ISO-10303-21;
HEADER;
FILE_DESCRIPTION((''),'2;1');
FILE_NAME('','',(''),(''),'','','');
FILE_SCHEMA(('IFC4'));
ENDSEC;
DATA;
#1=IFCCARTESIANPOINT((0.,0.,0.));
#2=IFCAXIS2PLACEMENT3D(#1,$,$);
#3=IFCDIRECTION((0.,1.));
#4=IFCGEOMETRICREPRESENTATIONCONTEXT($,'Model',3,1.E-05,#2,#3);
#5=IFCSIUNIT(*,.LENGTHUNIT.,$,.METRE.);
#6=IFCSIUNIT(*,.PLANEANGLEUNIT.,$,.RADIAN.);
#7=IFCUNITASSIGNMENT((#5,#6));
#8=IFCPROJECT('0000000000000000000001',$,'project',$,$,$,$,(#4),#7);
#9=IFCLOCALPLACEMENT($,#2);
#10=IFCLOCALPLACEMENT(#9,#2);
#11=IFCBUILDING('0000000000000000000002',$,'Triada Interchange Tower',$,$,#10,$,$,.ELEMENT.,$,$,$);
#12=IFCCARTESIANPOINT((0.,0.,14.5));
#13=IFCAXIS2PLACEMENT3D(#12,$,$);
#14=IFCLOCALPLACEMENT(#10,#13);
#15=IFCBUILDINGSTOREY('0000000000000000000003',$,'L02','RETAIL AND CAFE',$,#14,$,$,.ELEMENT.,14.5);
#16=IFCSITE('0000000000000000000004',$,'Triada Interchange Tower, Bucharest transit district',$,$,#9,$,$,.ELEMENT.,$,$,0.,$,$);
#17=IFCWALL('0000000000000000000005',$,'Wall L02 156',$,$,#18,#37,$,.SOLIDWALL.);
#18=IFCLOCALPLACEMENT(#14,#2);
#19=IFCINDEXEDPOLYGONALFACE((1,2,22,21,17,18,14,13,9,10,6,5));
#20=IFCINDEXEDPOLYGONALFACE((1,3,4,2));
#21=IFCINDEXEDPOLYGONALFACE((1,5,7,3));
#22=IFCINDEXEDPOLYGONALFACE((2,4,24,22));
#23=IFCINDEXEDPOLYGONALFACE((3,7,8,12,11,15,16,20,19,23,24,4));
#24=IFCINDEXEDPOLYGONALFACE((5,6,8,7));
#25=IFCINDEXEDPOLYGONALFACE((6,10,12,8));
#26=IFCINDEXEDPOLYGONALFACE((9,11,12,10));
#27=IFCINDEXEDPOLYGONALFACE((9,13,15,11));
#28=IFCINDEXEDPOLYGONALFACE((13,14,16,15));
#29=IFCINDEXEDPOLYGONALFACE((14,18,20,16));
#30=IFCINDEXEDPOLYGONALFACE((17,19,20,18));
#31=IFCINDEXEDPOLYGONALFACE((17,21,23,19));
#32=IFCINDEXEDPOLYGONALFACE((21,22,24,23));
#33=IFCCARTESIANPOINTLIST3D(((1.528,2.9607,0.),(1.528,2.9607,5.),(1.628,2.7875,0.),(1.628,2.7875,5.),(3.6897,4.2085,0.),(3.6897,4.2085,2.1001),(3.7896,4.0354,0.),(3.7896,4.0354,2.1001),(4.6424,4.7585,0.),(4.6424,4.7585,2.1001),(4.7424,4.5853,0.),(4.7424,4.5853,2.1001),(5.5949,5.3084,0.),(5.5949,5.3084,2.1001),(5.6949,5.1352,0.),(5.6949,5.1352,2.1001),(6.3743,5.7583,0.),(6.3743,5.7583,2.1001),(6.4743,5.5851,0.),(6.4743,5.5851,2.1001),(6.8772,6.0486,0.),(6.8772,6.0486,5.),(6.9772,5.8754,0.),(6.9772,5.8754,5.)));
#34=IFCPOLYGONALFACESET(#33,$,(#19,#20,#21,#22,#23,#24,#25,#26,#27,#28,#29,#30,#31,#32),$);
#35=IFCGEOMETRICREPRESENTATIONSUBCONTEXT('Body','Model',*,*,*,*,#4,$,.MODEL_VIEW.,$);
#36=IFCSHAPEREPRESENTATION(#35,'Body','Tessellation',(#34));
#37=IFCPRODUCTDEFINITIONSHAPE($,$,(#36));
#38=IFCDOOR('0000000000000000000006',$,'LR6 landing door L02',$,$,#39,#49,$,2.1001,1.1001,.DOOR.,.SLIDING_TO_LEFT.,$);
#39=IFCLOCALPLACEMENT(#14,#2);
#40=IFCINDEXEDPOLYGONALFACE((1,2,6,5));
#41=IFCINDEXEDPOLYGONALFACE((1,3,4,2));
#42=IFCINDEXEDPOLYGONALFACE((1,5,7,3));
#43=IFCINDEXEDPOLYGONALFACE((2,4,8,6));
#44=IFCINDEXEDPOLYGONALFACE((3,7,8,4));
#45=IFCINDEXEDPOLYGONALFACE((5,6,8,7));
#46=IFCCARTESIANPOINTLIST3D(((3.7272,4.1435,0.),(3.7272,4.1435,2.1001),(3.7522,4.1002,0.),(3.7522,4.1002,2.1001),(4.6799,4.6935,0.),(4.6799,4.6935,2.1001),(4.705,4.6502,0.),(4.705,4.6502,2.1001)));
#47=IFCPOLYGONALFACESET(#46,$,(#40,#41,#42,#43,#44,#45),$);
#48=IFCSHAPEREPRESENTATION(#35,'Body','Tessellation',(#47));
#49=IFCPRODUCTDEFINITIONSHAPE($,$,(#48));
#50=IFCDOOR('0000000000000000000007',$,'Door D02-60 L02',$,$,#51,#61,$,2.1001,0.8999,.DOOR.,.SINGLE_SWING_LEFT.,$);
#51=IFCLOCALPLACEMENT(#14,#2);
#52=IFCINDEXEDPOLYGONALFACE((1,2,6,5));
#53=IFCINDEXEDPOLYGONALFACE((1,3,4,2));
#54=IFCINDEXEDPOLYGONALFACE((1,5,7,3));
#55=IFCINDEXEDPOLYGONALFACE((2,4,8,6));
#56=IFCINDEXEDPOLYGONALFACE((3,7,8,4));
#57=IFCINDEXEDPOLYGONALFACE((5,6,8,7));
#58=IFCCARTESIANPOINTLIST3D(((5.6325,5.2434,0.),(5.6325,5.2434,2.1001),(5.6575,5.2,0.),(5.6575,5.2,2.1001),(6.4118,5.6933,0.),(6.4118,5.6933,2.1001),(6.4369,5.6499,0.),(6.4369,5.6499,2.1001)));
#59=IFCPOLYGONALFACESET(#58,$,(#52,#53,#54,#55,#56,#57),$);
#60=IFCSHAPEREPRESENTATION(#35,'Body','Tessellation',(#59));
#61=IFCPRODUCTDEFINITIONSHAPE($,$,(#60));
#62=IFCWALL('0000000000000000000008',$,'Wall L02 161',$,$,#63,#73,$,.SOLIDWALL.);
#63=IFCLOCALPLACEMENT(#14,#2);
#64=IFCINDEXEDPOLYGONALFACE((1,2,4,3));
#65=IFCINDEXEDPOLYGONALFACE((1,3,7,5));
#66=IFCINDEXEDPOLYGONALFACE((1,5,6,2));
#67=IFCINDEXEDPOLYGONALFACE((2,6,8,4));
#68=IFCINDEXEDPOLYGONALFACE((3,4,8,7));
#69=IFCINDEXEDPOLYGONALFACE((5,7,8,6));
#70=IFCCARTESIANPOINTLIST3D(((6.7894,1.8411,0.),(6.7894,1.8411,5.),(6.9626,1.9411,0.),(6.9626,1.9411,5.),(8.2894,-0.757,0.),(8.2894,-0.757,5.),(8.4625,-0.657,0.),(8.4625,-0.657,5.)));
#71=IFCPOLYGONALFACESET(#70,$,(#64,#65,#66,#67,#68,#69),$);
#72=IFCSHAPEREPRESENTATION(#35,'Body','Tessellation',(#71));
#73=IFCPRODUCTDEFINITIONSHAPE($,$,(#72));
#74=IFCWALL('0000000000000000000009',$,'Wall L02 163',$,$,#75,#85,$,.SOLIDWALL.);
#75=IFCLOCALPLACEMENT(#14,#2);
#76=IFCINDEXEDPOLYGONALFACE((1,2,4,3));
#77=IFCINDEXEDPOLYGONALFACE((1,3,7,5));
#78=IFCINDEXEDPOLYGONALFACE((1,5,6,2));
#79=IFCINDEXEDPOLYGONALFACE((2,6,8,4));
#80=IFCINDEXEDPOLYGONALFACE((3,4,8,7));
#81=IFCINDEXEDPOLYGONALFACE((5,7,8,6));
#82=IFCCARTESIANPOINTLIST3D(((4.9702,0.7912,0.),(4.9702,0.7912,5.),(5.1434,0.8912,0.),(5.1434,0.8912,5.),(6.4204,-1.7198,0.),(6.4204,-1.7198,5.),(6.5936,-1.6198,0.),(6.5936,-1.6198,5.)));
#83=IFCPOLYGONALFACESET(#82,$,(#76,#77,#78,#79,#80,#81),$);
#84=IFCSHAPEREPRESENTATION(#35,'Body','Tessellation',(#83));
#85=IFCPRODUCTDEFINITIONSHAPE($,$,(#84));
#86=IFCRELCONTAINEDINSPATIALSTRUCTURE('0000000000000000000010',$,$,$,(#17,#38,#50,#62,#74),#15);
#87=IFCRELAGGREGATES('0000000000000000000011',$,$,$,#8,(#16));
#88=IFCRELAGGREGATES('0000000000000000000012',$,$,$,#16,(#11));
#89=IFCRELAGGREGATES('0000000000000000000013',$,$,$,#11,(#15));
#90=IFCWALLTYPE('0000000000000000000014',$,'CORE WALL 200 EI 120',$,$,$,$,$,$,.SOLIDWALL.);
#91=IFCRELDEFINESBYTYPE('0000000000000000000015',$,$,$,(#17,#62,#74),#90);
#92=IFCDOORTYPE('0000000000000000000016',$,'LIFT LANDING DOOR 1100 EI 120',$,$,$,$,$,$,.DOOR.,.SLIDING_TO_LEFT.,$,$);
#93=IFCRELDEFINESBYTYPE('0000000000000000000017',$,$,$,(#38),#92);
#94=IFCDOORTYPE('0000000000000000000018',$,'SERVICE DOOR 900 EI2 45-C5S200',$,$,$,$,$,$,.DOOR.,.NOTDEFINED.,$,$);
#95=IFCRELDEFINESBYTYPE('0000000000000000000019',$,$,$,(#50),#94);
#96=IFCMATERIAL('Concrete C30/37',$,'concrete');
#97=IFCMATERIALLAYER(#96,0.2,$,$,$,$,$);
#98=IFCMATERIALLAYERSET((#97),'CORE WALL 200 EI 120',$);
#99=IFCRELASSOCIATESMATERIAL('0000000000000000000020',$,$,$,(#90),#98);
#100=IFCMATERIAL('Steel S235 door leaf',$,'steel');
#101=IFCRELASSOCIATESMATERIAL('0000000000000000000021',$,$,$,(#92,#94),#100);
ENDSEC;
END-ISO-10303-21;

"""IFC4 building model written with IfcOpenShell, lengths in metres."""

from ifc_helpers import new_model, si_unit, direction, frame, frame_2d, origin, place, context, subcontext, project, spatial, rectangle, extrude, material, layer, layer_set, type_object, element, fill, save


model = new_model("IFC4")

# Units and contexts
model_context = context("Model", 3, precision=1e-05, world=origin(), true_north=direction((0.0, 1.0)))
body_context = subcontext(model_context, "Body", "Model", "MODEL_VIEW")
ifc_project = project(units=[si_unit("LENGTHUNIT", "METRE"), si_unit("PLANEANGLEUNIT", "RADIAN")], contexts=[model_context])

# Site, building, storey
site_placement = place(None, origin())
site = spatial("IfcSite", under=ifc_project, at=site_placement, Name="Triada Interchange Tower, Bucharest transit district", CompositionType="ELEMENT", RefElevation=0.0)
building_placement = place(site_placement, origin())
building = spatial("IfcBuilding", under=site, at=building_placement, Name="Triada Interchange Tower", CompositionType="ELEMENT")
storey_placement = place(building_placement, frame((0.0, 0.0, 14.5)))
storey = spatial("IfcBuildingStorey", under=building, at=storey_placement, Name="L02", Description="RETAIL AND CAFE", CompositionType="ELEMENT", Elevation=14.5)

# Wall, openings, doors
ifc_material_1 = material(Name="Concrete C30/37", Category="concrete")
ifc_layer_1 = layer(ifc_material_1, 0.2)
ifc_layer_set_1 = layer_set([ifc_layer_1], Name="CORE WALL 200 EI 120")
wall_type = type_object("IfcWallType", Name="CORE WALL 200 EI 120", PredefinedType="SOLIDWALL", material=ifc_layer_set_1)
wall_1_placement = place(storey_placement, frame((1.5779, 2.874, 0.0), z_axis=(0.0, 0.0, 1.0), x_axis=(0.866055, 0.499948, 0.0)))
wall_1 = element("IfcWall", 1, at=wall_1_placement, inside=storey, type_object=wall_type, Name="Wall L02 156", PredefinedType="SOLIDWALL", context=body_context, shape_type="SweptSolid", body=[
    extrude(rectangle(XDim=6.1765, YDim=0.2, at=frame_2d((3.0884, 0.0))), origin(), (0.0, 0.0, 1.0), 5.0),
])
opening_1_placement = place(wall_1_placement, frame((2.4961, 0.0, 0.0)))
opening_1 = element("IfcOpeningElement", 2, at=opening_1_placement, cuts=wall_1, PredefinedType="OPENING", context=body_context, shape_type="SweptSolid", body=[
    extrude(rectangle(XDim=1.1001, YDim=2.1001, at=frame_2d((0.55, 1.05))), frame((0.0, 0.1099, 0.0), z_axis=(0.0, -1.0, 0.0), x_axis=(1.0, 0.0, 0.0)), (0.0, 0.0, 1.0), 0.22),
])
opening_2_placement = place(wall_1_placement, frame((4.696, 0.0, 0.0)))
opening_2 = element("IfcOpeningElement", 3, at=opening_2_placement, cuts=wall_1, PredefinedType="OPENING", context=body_context, shape_type="SweptSolid", body=[
    extrude(rectangle(XDim=0.8999, YDim=2.1001, at=frame_2d((0.45, 1.05))), frame((0.0, 0.1099, 0.0), z_axis=(0.0, -1.0, 0.0), x_axis=(1.0, 0.0, 0.0)), (0.0, 0.0, 1.0), 0.22),
])
ifc_material_2 = material(Name="Steel S235 door leaf", Category="steel")
door_type_1 = type_object("IfcDoorType", Name="LIFT LANDING DOOR 1100 EI 120", OperationType="SLIDING_TO_LEFT", PredefinedType="DOOR", material=ifc_material_2)
door_1_placement = place(opening_1_placement, origin())
door_1 = element("IfcDoor", 4, at=door_1_placement, inside=storey, type_object=door_type_1, Name="LR6 landing door L02", OperationType="SLIDING_TO_LEFT", OverallHeight=2.1001, OverallWidth=1.1001, PredefinedType="DOOR", context=body_context, shape_type="SweptSolid", body=[
    extrude(rectangle(XDim=1.1001, YDim=2.1001, at=frame_2d((0.55, 1.05))), frame((0.0, 0.0249, 0.0), z_axis=(0.0, -1.0, 0.0), x_axis=(1.0, 0.0, 0.0)), (0.0, 0.0, 1.0), 0.05),
])
fill(opening_1, door_1)
door_type_2 = type_object("IfcDoorType", Name="SERVICE DOOR 900 EI2 45-C5S200", OperationType="NOTDEFINED", PredefinedType="DOOR", material=ifc_material_2)
door_2_placement = place(opening_2_placement, origin())
door_2 = element("IfcDoor", 5, at=door_2_placement, inside=storey, type_object=door_type_2, Name="Door D02-60 L02", OperationType="SINGLE_SWING_LEFT", OverallHeight=2.1001, OverallWidth=0.8999, PredefinedType="DOOR", context=body_context, shape_type="SweptSolid", body=[
    extrude(rectangle(XDim=0.8999, YDim=2.1001, at=frame_2d((0.45, 1.05))), frame((0.0, 0.0249, 0.0), z_axis=(0.0, -1.0, 0.0), x_axis=(1.0, 0.0, 0.0)), (0.0, 0.0, 1.0), 0.05),
])
fill(opening_2, door_2)

# Walls
wall_2_placement = place(storey_placement, frame((6.876, 1.8911, 0.0), z_axis=(0.0, 0.0, 1.0), x_axis=(0.49999, -0.866031, 0.0)))
element("IfcWall", 6, at=wall_2_placement, inside=storey, type_object=wall_type, Name="Wall L02 161", PredefinedType="SOLIDWALL", context=body_context, shape_type="SweptSolid", body=[
    extrude(rectangle(XDim=3.0, YDim=0.2, at=frame_2d((1.5, 0.0))), origin(), (0.0, 0.0, 1.0), 5.0),
])
wall_3_placement = place(storey_placement, frame((5.0569, 0.8411, 0.0), z_axis=(0.0, 0.0, 1.0), x_axis=(0.500123, -0.865954, 0.0)))
element("IfcWall", 7, at=wall_3_placement, inside=storey, type_object=wall_type, Name="Wall L02 163", PredefinedType="SOLIDWALL", context=body_context, shape_type="SweptSolid", body=[
    extrude(rectangle(XDim=2.8997, YDim=0.2, at=frame_2d((1.4497, 0.0))), origin(), (0.0, 0.0, 1.0), 5.0),
])

save(model, "model.ifc")
